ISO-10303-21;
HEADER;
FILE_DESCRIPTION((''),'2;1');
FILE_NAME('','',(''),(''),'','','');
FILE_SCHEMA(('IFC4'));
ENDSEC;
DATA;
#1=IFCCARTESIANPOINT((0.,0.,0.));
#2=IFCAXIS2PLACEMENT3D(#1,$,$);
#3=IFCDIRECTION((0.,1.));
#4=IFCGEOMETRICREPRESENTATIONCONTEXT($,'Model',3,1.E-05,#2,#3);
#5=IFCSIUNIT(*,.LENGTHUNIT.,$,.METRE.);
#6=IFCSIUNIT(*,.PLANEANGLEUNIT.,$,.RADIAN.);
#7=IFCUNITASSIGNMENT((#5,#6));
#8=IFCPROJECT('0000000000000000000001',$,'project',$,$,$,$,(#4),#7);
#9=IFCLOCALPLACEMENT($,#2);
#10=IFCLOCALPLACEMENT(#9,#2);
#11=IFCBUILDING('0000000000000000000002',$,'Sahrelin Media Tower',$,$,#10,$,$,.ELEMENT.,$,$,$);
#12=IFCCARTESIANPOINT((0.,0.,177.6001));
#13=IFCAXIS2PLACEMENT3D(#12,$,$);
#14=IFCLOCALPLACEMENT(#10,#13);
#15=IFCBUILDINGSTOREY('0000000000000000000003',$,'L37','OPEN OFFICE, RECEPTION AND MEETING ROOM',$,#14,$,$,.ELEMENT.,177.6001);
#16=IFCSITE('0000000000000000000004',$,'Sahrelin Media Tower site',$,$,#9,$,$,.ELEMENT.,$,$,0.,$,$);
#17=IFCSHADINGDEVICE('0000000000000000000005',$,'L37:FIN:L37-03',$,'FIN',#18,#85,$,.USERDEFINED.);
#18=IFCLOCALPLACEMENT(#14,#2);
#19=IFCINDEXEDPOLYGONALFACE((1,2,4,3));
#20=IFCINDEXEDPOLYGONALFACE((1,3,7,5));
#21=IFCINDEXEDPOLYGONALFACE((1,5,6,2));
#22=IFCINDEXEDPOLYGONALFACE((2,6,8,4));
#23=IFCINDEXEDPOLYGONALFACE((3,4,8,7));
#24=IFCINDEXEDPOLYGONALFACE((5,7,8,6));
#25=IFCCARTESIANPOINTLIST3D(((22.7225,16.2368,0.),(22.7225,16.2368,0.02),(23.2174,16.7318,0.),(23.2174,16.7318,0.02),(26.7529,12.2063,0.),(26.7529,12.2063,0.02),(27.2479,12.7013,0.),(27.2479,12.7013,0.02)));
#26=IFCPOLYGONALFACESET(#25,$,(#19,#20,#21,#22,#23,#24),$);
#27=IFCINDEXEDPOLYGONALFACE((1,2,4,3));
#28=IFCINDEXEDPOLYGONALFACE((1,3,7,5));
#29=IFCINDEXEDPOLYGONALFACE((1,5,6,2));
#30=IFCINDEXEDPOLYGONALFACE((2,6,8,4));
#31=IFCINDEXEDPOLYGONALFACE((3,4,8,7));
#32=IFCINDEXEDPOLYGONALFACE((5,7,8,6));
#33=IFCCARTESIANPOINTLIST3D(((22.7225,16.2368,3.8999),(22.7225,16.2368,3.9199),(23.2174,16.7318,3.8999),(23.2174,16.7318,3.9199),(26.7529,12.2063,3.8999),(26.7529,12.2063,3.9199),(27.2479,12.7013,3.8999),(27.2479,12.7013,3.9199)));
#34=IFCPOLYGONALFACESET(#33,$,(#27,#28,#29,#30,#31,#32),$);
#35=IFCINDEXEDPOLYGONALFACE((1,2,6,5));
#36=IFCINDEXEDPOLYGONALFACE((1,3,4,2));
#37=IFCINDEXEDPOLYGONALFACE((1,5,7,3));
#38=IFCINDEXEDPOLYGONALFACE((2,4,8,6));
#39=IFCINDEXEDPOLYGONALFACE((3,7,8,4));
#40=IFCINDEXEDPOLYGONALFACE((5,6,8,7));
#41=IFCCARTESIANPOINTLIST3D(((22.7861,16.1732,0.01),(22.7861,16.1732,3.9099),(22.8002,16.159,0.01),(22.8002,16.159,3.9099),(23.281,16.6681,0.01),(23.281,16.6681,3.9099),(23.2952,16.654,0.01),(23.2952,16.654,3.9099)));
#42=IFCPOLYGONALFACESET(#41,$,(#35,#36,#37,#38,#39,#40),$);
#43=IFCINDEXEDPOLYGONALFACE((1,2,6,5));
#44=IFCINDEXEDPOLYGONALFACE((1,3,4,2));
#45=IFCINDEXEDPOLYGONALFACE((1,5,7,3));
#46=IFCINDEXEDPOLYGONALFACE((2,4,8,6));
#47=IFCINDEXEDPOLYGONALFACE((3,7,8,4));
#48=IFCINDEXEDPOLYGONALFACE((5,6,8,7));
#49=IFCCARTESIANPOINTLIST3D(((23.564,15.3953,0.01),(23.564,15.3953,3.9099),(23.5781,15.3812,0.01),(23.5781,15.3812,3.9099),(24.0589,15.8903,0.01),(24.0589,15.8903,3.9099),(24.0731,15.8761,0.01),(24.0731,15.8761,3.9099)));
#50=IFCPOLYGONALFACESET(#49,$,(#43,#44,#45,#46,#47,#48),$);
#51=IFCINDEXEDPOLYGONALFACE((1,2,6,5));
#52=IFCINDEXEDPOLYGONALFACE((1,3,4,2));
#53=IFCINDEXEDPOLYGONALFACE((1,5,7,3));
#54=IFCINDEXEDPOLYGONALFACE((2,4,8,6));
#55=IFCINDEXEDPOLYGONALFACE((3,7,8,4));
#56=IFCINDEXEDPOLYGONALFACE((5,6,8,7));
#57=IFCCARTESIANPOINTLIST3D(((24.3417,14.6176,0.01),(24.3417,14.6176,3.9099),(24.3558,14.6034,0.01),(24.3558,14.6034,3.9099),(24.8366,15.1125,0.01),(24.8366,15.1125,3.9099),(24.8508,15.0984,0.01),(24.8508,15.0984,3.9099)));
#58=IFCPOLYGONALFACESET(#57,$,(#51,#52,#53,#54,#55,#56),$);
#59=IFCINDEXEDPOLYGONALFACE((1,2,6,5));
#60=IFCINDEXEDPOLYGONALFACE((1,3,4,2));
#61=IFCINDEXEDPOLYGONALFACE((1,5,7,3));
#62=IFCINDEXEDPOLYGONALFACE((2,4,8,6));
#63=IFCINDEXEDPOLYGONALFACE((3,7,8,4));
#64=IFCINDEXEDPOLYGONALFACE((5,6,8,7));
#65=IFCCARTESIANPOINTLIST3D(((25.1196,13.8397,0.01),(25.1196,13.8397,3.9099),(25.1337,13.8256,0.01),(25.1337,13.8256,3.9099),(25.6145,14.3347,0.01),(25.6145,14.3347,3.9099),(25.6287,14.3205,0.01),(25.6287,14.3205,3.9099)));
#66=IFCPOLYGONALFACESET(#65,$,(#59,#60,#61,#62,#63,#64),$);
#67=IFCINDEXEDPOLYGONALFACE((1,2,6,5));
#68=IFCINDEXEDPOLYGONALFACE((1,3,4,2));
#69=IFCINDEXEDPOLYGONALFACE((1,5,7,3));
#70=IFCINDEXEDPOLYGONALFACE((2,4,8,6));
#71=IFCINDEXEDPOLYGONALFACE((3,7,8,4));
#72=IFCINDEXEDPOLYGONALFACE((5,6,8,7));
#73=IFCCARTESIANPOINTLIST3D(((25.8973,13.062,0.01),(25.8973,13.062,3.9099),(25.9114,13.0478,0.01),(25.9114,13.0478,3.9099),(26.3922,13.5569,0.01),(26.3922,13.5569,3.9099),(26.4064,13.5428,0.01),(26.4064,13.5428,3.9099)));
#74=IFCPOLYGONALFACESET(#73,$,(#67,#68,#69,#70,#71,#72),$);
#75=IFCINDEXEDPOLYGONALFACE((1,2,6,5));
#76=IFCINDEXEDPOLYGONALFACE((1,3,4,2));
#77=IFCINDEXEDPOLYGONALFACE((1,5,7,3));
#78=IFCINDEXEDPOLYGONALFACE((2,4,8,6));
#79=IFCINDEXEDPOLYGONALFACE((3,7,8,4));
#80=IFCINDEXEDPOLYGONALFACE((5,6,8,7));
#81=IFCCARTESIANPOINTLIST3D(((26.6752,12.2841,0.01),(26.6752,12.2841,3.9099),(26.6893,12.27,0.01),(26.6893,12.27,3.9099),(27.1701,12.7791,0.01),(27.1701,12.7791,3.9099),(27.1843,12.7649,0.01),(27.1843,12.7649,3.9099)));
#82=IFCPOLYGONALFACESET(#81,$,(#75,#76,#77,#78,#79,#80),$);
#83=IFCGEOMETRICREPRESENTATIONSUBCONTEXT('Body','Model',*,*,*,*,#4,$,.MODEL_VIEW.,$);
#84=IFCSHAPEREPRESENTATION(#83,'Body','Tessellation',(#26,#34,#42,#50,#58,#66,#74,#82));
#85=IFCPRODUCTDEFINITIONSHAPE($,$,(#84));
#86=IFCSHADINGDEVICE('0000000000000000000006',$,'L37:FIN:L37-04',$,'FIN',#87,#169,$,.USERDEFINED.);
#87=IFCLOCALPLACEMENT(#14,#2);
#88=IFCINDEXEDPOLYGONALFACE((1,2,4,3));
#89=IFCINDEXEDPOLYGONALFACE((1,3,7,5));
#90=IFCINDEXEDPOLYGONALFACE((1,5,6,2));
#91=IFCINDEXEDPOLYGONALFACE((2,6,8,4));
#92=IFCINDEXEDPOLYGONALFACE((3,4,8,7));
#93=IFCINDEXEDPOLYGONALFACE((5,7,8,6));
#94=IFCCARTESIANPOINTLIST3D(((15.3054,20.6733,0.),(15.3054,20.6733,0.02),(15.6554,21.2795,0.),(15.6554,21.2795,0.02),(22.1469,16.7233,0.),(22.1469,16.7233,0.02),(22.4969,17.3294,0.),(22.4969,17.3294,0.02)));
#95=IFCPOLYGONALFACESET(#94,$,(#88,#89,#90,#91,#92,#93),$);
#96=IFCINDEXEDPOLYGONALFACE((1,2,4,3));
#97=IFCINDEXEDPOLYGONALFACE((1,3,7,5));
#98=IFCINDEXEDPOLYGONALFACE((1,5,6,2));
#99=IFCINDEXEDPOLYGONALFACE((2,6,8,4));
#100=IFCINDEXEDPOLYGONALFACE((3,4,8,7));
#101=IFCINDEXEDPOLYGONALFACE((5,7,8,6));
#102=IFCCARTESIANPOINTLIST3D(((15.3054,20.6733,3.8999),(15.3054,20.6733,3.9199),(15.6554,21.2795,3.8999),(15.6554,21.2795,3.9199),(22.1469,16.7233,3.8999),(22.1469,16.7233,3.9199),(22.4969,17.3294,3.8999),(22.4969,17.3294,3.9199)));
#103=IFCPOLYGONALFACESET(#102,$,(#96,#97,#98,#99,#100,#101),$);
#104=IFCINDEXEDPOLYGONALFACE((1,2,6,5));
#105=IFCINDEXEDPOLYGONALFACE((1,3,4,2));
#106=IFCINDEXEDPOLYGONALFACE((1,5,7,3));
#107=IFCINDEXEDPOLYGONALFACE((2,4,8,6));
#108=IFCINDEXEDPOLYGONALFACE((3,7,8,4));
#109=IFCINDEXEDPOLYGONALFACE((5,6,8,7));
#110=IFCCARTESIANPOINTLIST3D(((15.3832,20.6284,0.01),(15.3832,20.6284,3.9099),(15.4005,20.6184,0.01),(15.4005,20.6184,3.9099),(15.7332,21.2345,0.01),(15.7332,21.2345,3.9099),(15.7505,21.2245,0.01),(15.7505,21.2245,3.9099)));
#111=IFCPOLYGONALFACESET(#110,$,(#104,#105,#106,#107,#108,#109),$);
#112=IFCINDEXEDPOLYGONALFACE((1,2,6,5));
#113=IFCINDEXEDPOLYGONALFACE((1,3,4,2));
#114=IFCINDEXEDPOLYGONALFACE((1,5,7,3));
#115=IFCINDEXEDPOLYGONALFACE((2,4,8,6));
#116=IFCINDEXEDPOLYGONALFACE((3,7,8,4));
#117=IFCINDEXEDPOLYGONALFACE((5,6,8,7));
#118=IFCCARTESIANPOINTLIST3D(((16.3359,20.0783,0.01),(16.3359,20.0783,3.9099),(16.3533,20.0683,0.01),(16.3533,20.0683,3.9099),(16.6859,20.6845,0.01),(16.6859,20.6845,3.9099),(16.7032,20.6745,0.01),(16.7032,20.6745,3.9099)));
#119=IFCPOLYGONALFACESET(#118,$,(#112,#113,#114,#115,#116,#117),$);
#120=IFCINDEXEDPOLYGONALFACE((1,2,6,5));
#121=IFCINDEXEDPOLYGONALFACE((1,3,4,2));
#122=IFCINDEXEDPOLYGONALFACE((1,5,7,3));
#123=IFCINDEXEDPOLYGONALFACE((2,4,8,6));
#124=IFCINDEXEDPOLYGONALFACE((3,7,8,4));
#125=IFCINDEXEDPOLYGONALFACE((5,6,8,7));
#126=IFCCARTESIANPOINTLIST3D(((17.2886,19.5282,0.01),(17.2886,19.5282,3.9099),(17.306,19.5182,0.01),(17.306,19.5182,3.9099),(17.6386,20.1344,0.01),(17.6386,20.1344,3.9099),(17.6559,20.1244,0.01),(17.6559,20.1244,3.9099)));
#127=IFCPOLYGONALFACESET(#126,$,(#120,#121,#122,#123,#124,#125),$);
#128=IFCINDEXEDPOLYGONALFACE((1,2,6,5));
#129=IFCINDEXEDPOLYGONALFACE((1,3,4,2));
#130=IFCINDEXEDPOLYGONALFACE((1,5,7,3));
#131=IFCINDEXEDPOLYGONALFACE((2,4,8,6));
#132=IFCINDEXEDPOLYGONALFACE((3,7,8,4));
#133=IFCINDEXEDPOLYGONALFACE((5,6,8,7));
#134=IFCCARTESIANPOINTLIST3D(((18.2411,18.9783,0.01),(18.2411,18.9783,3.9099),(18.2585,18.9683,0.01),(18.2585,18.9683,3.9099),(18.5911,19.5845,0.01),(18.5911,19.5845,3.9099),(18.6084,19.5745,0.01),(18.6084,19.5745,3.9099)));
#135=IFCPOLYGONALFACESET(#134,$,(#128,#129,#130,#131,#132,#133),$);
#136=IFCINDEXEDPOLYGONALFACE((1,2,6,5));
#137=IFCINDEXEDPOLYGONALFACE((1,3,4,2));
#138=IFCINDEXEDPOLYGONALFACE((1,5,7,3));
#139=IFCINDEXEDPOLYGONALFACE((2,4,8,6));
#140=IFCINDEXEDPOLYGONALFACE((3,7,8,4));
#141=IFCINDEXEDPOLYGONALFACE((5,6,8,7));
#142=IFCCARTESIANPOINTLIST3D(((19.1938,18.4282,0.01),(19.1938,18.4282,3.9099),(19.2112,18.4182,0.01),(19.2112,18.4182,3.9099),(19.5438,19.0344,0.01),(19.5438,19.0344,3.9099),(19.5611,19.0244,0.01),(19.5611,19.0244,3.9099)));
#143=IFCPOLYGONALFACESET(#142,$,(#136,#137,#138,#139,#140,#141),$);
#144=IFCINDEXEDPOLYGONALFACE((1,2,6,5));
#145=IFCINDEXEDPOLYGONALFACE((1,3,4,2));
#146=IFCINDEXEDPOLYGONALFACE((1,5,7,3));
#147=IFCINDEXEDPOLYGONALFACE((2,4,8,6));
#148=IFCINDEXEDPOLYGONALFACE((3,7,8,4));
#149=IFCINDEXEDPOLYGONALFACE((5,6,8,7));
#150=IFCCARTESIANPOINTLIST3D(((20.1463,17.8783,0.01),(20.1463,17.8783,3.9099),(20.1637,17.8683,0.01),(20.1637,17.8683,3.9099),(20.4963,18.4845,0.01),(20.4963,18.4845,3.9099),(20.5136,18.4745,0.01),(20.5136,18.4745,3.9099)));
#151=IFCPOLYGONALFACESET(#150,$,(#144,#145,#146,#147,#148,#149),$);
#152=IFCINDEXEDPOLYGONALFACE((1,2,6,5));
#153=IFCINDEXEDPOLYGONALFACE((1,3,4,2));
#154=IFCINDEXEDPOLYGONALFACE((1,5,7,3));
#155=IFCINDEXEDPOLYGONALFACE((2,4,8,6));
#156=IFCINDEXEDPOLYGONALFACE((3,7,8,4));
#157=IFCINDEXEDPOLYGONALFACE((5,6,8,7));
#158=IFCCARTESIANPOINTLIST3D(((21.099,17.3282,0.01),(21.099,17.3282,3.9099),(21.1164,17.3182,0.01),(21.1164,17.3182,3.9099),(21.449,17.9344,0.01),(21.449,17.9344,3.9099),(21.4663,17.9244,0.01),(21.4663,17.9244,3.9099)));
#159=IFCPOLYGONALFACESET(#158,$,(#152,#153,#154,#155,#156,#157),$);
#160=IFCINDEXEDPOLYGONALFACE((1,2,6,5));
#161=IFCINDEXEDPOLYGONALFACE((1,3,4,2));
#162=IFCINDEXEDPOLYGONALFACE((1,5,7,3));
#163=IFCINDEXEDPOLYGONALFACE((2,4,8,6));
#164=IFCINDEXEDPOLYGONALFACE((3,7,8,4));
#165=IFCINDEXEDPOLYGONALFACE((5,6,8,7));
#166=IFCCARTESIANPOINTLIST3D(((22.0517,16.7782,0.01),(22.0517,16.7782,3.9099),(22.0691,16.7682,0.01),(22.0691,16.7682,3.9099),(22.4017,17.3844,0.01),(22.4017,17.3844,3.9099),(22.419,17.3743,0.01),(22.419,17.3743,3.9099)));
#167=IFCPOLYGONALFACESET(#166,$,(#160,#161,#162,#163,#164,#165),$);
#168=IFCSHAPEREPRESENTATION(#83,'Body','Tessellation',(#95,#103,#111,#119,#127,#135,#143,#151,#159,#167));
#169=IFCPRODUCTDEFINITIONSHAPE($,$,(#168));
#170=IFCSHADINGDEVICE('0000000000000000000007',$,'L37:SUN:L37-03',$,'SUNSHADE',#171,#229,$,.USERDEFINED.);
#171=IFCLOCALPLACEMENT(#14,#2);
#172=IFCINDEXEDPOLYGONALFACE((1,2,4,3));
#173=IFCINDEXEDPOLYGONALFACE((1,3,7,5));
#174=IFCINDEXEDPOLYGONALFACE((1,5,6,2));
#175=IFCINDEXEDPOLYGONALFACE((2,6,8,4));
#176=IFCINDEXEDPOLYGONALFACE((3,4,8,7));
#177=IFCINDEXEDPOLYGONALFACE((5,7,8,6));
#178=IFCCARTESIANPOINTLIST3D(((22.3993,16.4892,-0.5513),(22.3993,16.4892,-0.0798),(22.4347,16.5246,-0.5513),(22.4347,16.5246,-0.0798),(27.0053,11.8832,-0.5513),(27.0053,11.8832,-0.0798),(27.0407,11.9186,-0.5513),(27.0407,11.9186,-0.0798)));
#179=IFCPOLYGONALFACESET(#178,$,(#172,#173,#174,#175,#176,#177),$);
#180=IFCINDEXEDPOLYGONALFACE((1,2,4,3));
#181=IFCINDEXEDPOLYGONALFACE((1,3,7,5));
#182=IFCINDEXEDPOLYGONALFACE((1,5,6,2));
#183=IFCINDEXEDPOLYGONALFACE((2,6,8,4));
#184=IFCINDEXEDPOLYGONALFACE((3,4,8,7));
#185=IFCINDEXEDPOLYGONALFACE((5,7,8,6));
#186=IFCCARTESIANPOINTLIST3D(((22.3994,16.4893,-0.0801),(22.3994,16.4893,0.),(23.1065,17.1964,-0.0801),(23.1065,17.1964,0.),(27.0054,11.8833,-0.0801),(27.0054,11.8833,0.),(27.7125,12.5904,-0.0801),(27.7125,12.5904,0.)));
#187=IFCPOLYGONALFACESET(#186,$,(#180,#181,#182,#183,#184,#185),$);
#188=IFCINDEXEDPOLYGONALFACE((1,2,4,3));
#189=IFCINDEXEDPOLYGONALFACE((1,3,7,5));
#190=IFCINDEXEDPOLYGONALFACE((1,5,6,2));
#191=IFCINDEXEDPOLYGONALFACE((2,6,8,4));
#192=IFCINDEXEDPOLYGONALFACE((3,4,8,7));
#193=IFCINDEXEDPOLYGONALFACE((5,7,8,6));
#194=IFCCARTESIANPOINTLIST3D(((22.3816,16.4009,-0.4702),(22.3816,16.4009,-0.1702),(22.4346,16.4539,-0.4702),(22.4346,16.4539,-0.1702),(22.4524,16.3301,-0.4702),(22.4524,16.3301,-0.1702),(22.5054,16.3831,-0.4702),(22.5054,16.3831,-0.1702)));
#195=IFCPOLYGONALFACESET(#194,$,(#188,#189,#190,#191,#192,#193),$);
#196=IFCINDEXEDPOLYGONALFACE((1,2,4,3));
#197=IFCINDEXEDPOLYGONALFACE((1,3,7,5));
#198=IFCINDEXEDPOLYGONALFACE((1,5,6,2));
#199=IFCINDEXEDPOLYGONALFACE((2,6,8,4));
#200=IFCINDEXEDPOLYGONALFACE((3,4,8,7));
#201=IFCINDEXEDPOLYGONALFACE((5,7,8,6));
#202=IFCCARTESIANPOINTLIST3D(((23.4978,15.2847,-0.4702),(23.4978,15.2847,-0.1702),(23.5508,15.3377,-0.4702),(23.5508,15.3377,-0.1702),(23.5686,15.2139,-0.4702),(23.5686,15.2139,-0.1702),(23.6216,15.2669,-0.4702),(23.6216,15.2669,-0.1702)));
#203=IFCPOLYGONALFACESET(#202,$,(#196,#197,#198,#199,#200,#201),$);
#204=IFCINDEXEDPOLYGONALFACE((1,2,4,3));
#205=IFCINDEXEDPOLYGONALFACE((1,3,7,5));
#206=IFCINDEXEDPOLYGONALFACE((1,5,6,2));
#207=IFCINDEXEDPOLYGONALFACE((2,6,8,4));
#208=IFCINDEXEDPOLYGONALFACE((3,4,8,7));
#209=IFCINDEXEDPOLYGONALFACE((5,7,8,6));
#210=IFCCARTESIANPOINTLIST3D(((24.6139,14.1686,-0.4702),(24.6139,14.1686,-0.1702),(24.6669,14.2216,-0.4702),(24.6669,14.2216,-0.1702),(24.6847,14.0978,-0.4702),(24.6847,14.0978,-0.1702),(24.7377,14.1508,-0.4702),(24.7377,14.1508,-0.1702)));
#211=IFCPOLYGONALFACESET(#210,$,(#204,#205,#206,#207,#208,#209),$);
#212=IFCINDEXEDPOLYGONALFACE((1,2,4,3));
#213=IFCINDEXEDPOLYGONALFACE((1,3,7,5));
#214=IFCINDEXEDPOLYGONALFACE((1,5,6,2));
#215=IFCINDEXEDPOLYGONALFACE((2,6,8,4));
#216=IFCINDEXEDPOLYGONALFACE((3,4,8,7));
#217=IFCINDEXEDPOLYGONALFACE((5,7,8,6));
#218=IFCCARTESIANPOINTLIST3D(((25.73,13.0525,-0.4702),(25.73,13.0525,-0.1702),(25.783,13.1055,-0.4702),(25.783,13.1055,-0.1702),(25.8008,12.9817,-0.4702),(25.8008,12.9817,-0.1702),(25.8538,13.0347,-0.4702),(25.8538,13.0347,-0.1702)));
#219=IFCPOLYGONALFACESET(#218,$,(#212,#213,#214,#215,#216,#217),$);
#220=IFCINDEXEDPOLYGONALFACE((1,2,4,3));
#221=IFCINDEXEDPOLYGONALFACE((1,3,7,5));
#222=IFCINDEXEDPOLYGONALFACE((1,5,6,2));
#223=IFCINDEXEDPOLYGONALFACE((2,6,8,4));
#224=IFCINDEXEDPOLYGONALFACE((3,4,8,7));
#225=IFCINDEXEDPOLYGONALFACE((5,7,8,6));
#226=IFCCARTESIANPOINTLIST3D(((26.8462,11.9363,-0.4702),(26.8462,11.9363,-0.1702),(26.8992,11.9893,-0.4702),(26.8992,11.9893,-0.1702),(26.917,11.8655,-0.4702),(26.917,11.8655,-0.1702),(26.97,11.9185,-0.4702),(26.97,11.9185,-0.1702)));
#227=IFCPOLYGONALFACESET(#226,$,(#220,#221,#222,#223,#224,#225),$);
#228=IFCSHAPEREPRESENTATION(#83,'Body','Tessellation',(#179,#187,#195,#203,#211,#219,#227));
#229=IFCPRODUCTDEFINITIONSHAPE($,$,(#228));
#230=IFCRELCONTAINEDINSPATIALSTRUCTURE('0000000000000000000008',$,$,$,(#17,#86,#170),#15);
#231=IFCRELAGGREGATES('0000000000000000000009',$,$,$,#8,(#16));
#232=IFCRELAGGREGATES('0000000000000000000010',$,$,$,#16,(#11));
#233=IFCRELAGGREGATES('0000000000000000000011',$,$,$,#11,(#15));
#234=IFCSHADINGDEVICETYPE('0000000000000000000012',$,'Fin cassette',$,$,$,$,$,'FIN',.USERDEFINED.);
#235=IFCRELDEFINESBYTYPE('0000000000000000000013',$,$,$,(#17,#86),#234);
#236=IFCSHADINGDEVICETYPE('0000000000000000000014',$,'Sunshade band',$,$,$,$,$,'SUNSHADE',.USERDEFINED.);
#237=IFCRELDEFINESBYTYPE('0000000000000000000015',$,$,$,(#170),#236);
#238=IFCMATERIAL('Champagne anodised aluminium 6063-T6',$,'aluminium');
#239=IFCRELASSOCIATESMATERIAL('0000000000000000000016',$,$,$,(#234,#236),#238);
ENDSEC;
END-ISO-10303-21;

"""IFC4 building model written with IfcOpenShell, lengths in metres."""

from ifc_helpers import new_model, si_unit, direction, frame, origin, origin_2d, place, context, subcontext, project, spatial, rectangle, extrude, material, type_object, element, save


model = new_model("IFC4")

# Units and contexts
model_context = context("Model", 3, precision=1e-05, world=origin(), true_north=direction((0.0, 1.0)))
body_context = subcontext(model_context, "Body", "Model", "MODEL_VIEW")
ifc_project = project(units=[si_unit("LENGTHUNIT", "METRE"), si_unit("PLANEANGLEUNIT", "RADIAN")], contexts=[model_context])

# Site, building, storey
site_placement = place(None, origin())
site = spatial("IfcSite", under=ifc_project, at=site_placement, Name="Sahrelin Media Tower site", CompositionType="ELEMENT", RefElevation=0.0)
building_placement = place(site_placement, origin())
building = spatial("IfcBuilding", under=site, at=building_placement, Name="Sahrelin Media Tower", CompositionType="ELEMENT")
storey_placement = place(building_placement, frame((0.0, 0.0, 177.6001)))
storey = spatial("IfcBuildingStorey", under=building, at=storey_placement, Name="L37", Description="OPEN OFFICE, RECEPTION AND MEETING ROOM", CompositionType="ELEMENT", Elevation=177.6001)

# Shared definitions
ifc_material_1 = material(Name="Champagne anodised aluminium 6063-T6", Category="aluminium")

# Shading devices
shading_device_type_1 = type_object("IfcShadingDeviceType", Name="Fin cassette", ElementType="FIN", PredefinedType="USERDEFINED", material=ifc_material_1)
placement_1 = place(storey_placement, frame((24.6882, 14.1721, 0.0), z_axis=(0.0, 0.0, 1.0), x_axis=(0.707107, -0.707107, 0.0)))
element("IfcShadingDevice", 1, at=placement_1, inside=storey, type_object=shading_device_type_1, Name="L37:FIN:L37-03", ObjectType="FIN", PredefinedType="USERDEFINED", context=body_context, shape_type="SweptSolid", body=[
    extrude(rectangle(XDim=5.7, YDim=0.7, at=origin_2d()), frame((0.0, 0.4199, 0.0)), (0.0, 0.0, 1.0), 0.02),
    extrude(rectangle(XDim=5.7, YDim=0.7, at=origin_2d()), frame((0.0, 0.4199, 3.8999)), (0.0, 0.0, 1.0), 0.02),
    extrude(rectangle(XDim=0.02, YDim=0.7, at=origin_2d()), frame((-2.75, 0.4199, 0.01), z_axis=(0.0, 0.0, 1.0), x_axis=(1.0, 0.0, 0.0)), (0.0, 0.0, 1.0), 3.8999),
    extrude(rectangle(XDim=0.02, YDim=0.7, at=origin_2d()), frame((-1.6499, 0.4199, 0.01), z_axis=(0.0, 0.0, 1.0), x_axis=(1.0, 0.0, 0.0)), (0.0, 0.0, 1.0), 3.8999),
    extrude(rectangle(XDim=0.02, YDim=0.7, at=origin_2d()), frame((-0.55, 0.4199, 0.01), z_axis=(0.0, 0.0, 1.0), x_axis=(1.0, 0.0, 0.0)), (0.0, 0.0, 1.0), 3.8999),
    extrude(rectangle(XDim=0.02, YDim=0.7, at=origin_2d()), frame((0.55, 0.4199, 0.01), z_axis=(0.0, 0.0, 1.0), x_axis=(1.0, 0.0, 0.0)), (0.0, 0.0, 1.0), 3.8999),
    extrude(rectangle(XDim=0.02, YDim=0.7, at=origin_2d()), frame((1.6499, 0.4199, 0.01), z_axis=(0.0, 0.0, 1.0), x_axis=(1.0, 0.0, 0.0)), (0.0, 0.0, 1.0), 3.8999),
    extrude(rectangle(XDim=0.02, YDim=0.7, at=origin_2d()), frame((2.75, 0.4199, 0.01), z_axis=(0.0, 0.0, 1.0), x_axis=(1.0, 0.0, 0.0)), (0.0, 0.0, 1.0), 3.8999),
])
placement_2 = place(storey_placement, frame((18.6912, 18.6377, 0.0), z_axis=(0.0, 0.0, 1.0), x_axis=(0.866019, -0.500011, 0.0)))
element("IfcShadingDevice", 2, at=placement_2, inside=storey, type_object=shading_device_type_1, Name="L37:FIN:L37-04", ObjectType="FIN", PredefinedType="USERDEFINED", context=body_context, shape_type="SweptSolid", body=[
    extrude(rectangle(XDim=7.8999, YDim=0.7, at=origin_2d()), frame((0.0, 0.4199, 0.0)), (0.0, 0.0, 1.0), 0.02),
    extrude(rectangle(XDim=7.8999, YDim=0.7, at=origin_2d()), frame((0.0, 0.4199, 3.8999)), (0.0, 0.0, 1.0), 0.02),
    extrude(rectangle(XDim=0.02, YDim=0.7, at=origin_2d()), frame((-3.8501, 0.4199, 0.01), z_axis=(0.0, 0.0, 1.0), x_axis=(1.0, 0.0, 0.0)), (0.0, 0.0, 1.0), 3.8999),
    extrude(rectangle(XDim=0.02, YDim=0.7, at=origin_2d()), frame((-2.75, 0.4199, 0.01), z_axis=(0.0, 0.0, 1.0), x_axis=(1.0, 0.0, 0.0)), (0.0, 0.0, 1.0), 3.8999),
    extrude(rectangle(XDim=0.02, YDim=0.7, at=origin_2d()), frame((-1.6499, 0.4199, 0.01), z_axis=(0.0, 0.0, 1.0), x_axis=(1.0, 0.0, 0.0)), (0.0, 0.0, 1.0), 3.8999),
    extrude(rectangle(XDim=0.02, YDim=0.7, at=origin_2d()), frame((-0.55, 0.4199, 0.01), z_axis=(0.0, 0.0, 1.0), x_axis=(1.0, 0.0, 0.0)), (0.0, 0.0, 1.0), 3.8999),
    extrude(rectangle(XDim=0.02, YDim=0.7, at=origin_2d()), frame((0.55, 0.4199, 0.01), z_axis=(0.0, 0.0, 1.0), x_axis=(1.0, 0.0, 0.0)), (0.0, 0.0, 1.0), 3.8999),
    extrude(rectangle(XDim=0.02, YDim=0.7, at=origin_2d()), frame((1.6499, 0.4199, 0.01), z_axis=(0.0, 0.0, 1.0), x_axis=(1.0, 0.0, 0.0)), (0.0, 0.0, 1.0), 3.8999),
    extrude(rectangle(XDim=0.02, YDim=0.7, at=origin_2d()), frame((2.75, 0.4199, 0.01), z_axis=(0.0, 0.0, 1.0), x_axis=(1.0, 0.0, 0.0)), (0.0, 0.0, 1.0), 3.8999),
    extrude(rectangle(XDim=0.02, YDim=0.7, at=origin_2d()), frame((3.8501, 0.4199, 0.01), z_axis=(0.0, 0.0, 1.0), x_axis=(1.0, 0.0, 0.0)), (0.0, 0.0, 1.0), 3.8999),
])
shading_device_type_2 = type_object("IfcShadingDeviceType", Name="Sunshade band", ElementType="SUNSHADE", PredefinedType="USERDEFINED", material=ifc_material_1)
element("IfcShadingDevice", 3, at=placement_1, inside=storey, type_object=shading_device_type_2, Name="L37:SUN:L37-03", ObjectType="SUNSHADE", PredefinedType="USERDEFINED", context=body_context, shape_type="SweptSolid", body=[
    extrude(rectangle(XDim=6.5139, YDim=0.05, at=origin_2d()), frame((0.0, 0.0449, -0.5513)), (0.0, 0.0, 1.0), 0.4714),
    extrude(rectangle(XDim=6.5139, YDim=1.0, at=origin_2d()), frame((0.0, 0.52, -0.0801)), (0.0, 0.0, 1.0), 0.0801),
    extrude(rectangle(XDim=0.1001, YDim=0.075, at=origin_2d()), frame((-3.157, -0.0176, -0.4702)), (0.0, 0.0, 1.0), 0.3),
    extrude(rectangle(XDim=0.1001, YDim=0.075, at=origin_2d()), frame((-1.5784, -0.0176, -0.4702)), (0.0, 0.0, 1.0), 0.3),
    extrude(rectangle(XDim=0.1001, YDim=0.075, at=origin_2d()), frame((0.0, -0.0176, -0.4702)), (0.0, 0.0, 1.0), 0.3),
    extrude(rectangle(XDim=0.1001, YDim=0.075, at=origin_2d()), frame((1.5784, -0.0176, -0.4702)), (0.0, 0.0, 1.0), 0.3),
    extrude(rectangle(XDim=0.1001, YDim=0.075, at=origin_2d()), frame((3.157, -0.0176, -0.4702)), (0.0, 0.0, 1.0), 0.3),
])

save(model, "model.ifc")
